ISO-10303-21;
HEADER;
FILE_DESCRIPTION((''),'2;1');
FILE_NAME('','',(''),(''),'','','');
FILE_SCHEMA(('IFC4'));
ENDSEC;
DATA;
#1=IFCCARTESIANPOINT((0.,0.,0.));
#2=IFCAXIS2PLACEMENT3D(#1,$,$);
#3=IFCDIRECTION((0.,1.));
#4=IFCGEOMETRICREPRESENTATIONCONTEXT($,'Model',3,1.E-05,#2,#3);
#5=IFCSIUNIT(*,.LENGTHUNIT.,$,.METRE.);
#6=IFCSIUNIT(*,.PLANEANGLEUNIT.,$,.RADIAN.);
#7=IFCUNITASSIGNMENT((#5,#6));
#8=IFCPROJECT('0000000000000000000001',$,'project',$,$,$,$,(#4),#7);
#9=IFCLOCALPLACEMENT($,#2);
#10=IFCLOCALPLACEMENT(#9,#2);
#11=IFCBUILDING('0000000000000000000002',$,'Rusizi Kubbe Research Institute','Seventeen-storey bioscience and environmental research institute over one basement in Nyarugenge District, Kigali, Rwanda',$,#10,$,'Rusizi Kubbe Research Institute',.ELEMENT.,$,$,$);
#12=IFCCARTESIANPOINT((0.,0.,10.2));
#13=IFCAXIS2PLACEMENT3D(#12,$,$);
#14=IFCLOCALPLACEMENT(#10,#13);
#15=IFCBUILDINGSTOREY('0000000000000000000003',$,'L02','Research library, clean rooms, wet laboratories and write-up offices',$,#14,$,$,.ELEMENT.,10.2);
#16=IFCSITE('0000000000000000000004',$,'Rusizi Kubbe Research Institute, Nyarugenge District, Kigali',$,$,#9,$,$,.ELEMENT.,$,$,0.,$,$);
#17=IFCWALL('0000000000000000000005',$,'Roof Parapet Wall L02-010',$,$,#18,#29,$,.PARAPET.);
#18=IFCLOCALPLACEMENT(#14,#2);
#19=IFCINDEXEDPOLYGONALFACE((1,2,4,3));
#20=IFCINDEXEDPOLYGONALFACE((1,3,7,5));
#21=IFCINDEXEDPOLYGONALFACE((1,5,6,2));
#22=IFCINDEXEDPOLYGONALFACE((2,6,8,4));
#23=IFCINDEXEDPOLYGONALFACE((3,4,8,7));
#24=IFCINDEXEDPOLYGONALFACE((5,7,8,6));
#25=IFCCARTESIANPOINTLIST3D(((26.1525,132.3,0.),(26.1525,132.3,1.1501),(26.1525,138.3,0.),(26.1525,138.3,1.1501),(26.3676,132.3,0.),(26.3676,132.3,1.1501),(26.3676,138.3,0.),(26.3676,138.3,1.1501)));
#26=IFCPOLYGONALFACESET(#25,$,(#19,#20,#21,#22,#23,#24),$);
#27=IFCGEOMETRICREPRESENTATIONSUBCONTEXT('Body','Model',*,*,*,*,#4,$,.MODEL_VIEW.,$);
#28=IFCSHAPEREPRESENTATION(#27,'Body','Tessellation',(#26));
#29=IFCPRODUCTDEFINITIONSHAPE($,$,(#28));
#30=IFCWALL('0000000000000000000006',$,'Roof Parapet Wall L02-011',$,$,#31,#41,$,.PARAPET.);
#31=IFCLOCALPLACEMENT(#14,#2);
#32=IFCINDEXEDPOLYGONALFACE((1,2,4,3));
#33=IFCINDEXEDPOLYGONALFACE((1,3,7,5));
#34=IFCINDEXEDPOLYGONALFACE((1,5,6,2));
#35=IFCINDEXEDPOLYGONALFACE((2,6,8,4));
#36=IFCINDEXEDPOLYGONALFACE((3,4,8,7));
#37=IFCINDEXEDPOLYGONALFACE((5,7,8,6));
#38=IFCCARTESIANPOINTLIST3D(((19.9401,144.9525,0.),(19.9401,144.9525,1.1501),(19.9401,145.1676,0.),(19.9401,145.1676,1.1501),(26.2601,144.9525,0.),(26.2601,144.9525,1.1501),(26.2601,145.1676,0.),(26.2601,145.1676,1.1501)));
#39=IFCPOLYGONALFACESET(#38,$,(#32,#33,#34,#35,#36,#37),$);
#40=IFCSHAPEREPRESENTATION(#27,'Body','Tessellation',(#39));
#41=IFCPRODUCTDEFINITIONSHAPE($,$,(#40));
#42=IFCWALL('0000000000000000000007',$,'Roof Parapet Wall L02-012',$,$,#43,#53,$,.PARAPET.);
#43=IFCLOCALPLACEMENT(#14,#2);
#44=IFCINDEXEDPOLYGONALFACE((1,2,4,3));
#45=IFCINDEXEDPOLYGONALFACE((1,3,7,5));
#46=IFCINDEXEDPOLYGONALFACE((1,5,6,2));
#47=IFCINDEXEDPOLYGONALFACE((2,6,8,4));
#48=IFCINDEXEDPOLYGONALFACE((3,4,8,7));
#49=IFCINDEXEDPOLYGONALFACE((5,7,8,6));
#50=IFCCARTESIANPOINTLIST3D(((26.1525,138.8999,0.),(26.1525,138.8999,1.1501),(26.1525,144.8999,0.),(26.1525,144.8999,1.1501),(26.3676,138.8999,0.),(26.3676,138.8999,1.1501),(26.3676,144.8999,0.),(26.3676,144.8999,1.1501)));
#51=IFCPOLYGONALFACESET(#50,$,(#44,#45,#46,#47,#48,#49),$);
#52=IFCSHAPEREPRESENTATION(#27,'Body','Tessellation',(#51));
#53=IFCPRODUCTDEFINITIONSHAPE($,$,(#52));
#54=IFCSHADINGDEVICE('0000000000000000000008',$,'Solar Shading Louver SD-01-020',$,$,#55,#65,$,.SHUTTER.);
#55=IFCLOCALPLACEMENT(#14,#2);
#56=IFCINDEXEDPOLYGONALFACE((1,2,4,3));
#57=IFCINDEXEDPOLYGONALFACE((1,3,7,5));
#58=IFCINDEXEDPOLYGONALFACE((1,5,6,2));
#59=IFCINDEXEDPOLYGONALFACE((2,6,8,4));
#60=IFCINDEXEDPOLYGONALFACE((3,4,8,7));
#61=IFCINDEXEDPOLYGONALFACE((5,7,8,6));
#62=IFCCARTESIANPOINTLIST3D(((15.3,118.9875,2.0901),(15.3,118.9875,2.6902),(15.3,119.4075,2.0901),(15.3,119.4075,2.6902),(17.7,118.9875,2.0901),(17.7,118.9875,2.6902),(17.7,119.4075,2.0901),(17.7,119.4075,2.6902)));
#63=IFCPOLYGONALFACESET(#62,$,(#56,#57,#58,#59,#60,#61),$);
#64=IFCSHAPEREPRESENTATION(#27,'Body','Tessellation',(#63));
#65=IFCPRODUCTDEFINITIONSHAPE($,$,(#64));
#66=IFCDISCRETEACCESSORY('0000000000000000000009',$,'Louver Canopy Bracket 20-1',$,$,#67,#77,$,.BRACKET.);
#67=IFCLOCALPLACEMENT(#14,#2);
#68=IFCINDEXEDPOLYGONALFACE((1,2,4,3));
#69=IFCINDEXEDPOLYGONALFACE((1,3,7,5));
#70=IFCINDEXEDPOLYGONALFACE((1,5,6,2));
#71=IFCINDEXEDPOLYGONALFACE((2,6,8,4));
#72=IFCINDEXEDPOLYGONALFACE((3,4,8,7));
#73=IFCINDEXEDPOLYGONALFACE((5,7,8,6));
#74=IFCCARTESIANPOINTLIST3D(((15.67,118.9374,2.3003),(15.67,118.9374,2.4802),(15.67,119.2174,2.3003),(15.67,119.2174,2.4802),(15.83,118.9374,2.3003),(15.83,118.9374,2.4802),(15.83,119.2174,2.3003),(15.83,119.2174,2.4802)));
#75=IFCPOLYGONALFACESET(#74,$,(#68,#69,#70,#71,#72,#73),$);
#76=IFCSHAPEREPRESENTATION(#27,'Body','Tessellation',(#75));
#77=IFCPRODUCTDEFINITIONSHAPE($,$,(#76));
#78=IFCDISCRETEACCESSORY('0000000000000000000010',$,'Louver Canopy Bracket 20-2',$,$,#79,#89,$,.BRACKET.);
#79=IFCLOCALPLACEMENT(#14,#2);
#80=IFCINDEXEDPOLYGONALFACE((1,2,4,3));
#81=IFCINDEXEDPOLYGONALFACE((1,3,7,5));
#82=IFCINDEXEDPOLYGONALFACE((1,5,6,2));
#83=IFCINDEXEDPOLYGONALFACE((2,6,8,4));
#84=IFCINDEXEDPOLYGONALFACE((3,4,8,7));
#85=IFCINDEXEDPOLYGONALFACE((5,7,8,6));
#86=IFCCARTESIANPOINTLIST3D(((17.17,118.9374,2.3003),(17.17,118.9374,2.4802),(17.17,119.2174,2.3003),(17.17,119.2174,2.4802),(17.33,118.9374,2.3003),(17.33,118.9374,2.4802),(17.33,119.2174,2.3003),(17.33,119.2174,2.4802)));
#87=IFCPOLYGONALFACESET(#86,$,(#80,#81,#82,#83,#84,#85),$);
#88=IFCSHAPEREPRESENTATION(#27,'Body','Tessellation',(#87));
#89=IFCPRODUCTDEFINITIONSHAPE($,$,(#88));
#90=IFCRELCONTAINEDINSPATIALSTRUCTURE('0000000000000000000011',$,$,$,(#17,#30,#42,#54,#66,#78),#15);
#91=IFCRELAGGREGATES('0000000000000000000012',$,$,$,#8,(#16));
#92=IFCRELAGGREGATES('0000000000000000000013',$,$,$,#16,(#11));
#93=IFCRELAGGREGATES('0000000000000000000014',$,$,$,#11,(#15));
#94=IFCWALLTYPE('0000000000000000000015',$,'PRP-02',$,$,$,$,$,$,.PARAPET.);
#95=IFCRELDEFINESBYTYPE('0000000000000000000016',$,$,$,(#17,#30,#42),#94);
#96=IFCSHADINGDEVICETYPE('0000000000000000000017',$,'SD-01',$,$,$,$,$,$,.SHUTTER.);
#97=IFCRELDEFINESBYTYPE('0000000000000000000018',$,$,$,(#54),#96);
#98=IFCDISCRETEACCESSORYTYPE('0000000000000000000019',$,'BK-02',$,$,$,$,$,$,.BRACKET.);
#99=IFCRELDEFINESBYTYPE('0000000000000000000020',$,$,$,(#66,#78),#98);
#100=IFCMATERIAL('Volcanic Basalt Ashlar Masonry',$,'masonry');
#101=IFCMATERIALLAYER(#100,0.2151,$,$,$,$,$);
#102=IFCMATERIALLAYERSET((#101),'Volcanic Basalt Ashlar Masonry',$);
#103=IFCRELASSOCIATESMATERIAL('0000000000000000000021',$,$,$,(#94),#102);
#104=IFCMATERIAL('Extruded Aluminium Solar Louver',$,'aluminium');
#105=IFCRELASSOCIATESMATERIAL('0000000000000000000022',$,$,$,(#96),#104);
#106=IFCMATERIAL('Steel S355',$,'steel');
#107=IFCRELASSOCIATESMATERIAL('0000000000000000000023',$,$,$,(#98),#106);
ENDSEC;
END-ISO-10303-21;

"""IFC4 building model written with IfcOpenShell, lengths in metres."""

from ifc_helpers import new_model, si_unit, direction, frame, frame_2d, origin, origin_2d, place, context, subcontext, project, spatial, rectangle, extrude, material, layer, layer_set, type_object, element, save


model = new_model("IFC4")

# Units and contexts
model_context = context("Model", 3, precision=1e-05, world=origin(), true_north=direction((0.0, 1.0)))
body_context = subcontext(model_context, "Body", "Model", "MODEL_VIEW")
ifc_project = project(units=[si_unit("LENGTHUNIT", "METRE"), si_unit("PLANEANGLEUNIT", "RADIAN")], contexts=[model_context])

# Site, building, storey
site_placement = place(None, origin())
site = spatial("IfcSite", under=ifc_project, at=site_placement, Name="Rusizi Kubbe Research Institute, Nyarugenge District, Kigali", CompositionType="ELEMENT", RefElevation=0.0)
building_placement = place(site_placement, origin())
building = spatial("IfcBuilding", under=site, at=building_placement, Name="Rusizi Kubbe Research Institute", Description="Seventeen-storey bioscience and environmental research institute over one basement in Nyarugenge District, Kigali, Rwanda", LongName="Rusizi Kubbe Research Institute", CompositionType="ELEMENT")
storey_placement = place(building_placement, frame((0.0, 0.0, 10.2)))
storey = spatial("IfcBuildingStorey", under=building, at=storey_placement, Name="L02", Description="Research library, clean rooms, wet laboratories and write-up offices", CompositionType="ELEMENT", Elevation=10.2)

# Walls
ifc_material_1 = material(Name="Volcanic Basalt Ashlar Masonry", Category="masonry")
ifc_layer_1 = layer(ifc_material_1, 0.2151)
ifc_layer_set_1 = layer_set([ifc_layer_1], Name="Volcanic Basalt Ashlar Masonry")
wall_type_1 = type_object("IfcWallType", Name="PRP-02", PredefinedType="PARAPET", material=ifc_layer_set_1)
for number, where, z_axis, x_axis, name in (
    (1, (26.26, 132.3, 0.0), (0.0, 0.0, 1.0), (0.0, 1.0, 0.0), "Roof Parapet Wall L02-010"),
):
    element("IfcWall", number, at=place(storey_placement, frame(where, z_axis=z_axis, x_axis=x_axis)), inside=storey, type_object=wall_type_1, Name=name, PredefinedType="PARAPET", context=body_context, shape_type="SweptSolid", body=[
        extrude(rectangle(XDim=6.0, YDim=0.2151, at=frame_2d((3.0, 0.0))), origin(), (0.0, 0.0, 1.0), 1.1501),
    ])
wall_1_placement = place(storey_placement, frame((19.9399, 145.0601, 0.0), z_axis=(0.0, 0.0, 1.0), x_axis=(1.0, 0.0, 0.0)))
element("IfcWall", 2, at=wall_1_placement, inside=storey, type_object=wall_type_1, Name="Roof Parapet Wall L02-011", PredefinedType="PARAPET", context=body_context, shape_type="SweptSolid", body=[
    extrude(rectangle(XDim=6.3201, YDim=0.2151, at=frame_2d((3.1602, 0.0))), origin(), (0.0, 0.0, 1.0), 1.1501),
])
wall_2_placement = place(storey_placement, frame((26.26, 138.8999, 0.0), z_axis=(0.0, 0.0, 1.0), x_axis=(0.0, 1.0, 0.0)))
element("IfcWall", 3, at=wall_2_placement, inside=storey, type_object=wall_type_1, Name="Roof Parapet Wall L02-012", PredefinedType="PARAPET", context=body_context, shape_type="SweptSolid", body=[
    extrude(rectangle(XDim=6.0, YDim=0.2151, at=frame_2d((3.0, 0.0))), origin(), (0.0, 0.0, 1.0), 1.1501),
])

# Shading device
ifc_material_2 = material(Name="Extruded Aluminium Solar Louver", Category="aluminium")
shading_device_type = type_object("IfcShadingDeviceType", Name="SD-01", PredefinedType="SHUTTER", material=ifc_material_2)
shading_device_placement = place(storey_placement, frame((16.5, 119.1975, 2.0901), z_axis=(0.0, 0.0, 1.0), x_axis=(1.0, 0.0, 0.0)))
element("IfcShadingDevice", 4, at=shading_device_placement, inside=storey, type_object=shading_device_type, Name="Solar Shading Louver SD-01-020", PredefinedType="SHUTTER", context=body_context, shape_type="SweptSolid", body=[
    extrude(rectangle(XDim=2.3999, YDim=0.4199, at=origin_2d()), origin(), (0.0, 0.0, 1.0), 0.6001),
])

# Discrete accessories
ifc_material_3 = material(Name="Steel S355", Category="steel")
discrete_accessory_type = type_object("IfcDiscreteAccessoryType", Name="BK-02", PredefinedType="BRACKET", material=ifc_material_3)
for number, where, z_axis, x_axis, name in (
    (5, (15.75, 119.0774, 2.3003), (0.0, 0.0, 1.0), (1.0, 0.0, 0.0), "Louver Canopy Bracket 20-1"),
    (6, (17.25, 119.0774, 2.3003), (0.0, 0.0, 1.0), (1.0, 0.0, 0.0), "Louver Canopy Bracket 20-2"),
):
    element("IfcDiscreteAccessory", number, at=place(storey_placement, frame(where, z_axis=z_axis, x_axis=x_axis)), inside=storey, type_object=discrete_accessory_type, Name=name, PredefinedType="BRACKET", context=body_context, shape_type="SweptSolid", body=[
        extrude(rectangle(XDim=0.1599, YDim=0.28, at=origin_2d()), origin(), (0.0, 0.0, 1.0), 0.1799),
    ])

save(model, "model.ifc")
